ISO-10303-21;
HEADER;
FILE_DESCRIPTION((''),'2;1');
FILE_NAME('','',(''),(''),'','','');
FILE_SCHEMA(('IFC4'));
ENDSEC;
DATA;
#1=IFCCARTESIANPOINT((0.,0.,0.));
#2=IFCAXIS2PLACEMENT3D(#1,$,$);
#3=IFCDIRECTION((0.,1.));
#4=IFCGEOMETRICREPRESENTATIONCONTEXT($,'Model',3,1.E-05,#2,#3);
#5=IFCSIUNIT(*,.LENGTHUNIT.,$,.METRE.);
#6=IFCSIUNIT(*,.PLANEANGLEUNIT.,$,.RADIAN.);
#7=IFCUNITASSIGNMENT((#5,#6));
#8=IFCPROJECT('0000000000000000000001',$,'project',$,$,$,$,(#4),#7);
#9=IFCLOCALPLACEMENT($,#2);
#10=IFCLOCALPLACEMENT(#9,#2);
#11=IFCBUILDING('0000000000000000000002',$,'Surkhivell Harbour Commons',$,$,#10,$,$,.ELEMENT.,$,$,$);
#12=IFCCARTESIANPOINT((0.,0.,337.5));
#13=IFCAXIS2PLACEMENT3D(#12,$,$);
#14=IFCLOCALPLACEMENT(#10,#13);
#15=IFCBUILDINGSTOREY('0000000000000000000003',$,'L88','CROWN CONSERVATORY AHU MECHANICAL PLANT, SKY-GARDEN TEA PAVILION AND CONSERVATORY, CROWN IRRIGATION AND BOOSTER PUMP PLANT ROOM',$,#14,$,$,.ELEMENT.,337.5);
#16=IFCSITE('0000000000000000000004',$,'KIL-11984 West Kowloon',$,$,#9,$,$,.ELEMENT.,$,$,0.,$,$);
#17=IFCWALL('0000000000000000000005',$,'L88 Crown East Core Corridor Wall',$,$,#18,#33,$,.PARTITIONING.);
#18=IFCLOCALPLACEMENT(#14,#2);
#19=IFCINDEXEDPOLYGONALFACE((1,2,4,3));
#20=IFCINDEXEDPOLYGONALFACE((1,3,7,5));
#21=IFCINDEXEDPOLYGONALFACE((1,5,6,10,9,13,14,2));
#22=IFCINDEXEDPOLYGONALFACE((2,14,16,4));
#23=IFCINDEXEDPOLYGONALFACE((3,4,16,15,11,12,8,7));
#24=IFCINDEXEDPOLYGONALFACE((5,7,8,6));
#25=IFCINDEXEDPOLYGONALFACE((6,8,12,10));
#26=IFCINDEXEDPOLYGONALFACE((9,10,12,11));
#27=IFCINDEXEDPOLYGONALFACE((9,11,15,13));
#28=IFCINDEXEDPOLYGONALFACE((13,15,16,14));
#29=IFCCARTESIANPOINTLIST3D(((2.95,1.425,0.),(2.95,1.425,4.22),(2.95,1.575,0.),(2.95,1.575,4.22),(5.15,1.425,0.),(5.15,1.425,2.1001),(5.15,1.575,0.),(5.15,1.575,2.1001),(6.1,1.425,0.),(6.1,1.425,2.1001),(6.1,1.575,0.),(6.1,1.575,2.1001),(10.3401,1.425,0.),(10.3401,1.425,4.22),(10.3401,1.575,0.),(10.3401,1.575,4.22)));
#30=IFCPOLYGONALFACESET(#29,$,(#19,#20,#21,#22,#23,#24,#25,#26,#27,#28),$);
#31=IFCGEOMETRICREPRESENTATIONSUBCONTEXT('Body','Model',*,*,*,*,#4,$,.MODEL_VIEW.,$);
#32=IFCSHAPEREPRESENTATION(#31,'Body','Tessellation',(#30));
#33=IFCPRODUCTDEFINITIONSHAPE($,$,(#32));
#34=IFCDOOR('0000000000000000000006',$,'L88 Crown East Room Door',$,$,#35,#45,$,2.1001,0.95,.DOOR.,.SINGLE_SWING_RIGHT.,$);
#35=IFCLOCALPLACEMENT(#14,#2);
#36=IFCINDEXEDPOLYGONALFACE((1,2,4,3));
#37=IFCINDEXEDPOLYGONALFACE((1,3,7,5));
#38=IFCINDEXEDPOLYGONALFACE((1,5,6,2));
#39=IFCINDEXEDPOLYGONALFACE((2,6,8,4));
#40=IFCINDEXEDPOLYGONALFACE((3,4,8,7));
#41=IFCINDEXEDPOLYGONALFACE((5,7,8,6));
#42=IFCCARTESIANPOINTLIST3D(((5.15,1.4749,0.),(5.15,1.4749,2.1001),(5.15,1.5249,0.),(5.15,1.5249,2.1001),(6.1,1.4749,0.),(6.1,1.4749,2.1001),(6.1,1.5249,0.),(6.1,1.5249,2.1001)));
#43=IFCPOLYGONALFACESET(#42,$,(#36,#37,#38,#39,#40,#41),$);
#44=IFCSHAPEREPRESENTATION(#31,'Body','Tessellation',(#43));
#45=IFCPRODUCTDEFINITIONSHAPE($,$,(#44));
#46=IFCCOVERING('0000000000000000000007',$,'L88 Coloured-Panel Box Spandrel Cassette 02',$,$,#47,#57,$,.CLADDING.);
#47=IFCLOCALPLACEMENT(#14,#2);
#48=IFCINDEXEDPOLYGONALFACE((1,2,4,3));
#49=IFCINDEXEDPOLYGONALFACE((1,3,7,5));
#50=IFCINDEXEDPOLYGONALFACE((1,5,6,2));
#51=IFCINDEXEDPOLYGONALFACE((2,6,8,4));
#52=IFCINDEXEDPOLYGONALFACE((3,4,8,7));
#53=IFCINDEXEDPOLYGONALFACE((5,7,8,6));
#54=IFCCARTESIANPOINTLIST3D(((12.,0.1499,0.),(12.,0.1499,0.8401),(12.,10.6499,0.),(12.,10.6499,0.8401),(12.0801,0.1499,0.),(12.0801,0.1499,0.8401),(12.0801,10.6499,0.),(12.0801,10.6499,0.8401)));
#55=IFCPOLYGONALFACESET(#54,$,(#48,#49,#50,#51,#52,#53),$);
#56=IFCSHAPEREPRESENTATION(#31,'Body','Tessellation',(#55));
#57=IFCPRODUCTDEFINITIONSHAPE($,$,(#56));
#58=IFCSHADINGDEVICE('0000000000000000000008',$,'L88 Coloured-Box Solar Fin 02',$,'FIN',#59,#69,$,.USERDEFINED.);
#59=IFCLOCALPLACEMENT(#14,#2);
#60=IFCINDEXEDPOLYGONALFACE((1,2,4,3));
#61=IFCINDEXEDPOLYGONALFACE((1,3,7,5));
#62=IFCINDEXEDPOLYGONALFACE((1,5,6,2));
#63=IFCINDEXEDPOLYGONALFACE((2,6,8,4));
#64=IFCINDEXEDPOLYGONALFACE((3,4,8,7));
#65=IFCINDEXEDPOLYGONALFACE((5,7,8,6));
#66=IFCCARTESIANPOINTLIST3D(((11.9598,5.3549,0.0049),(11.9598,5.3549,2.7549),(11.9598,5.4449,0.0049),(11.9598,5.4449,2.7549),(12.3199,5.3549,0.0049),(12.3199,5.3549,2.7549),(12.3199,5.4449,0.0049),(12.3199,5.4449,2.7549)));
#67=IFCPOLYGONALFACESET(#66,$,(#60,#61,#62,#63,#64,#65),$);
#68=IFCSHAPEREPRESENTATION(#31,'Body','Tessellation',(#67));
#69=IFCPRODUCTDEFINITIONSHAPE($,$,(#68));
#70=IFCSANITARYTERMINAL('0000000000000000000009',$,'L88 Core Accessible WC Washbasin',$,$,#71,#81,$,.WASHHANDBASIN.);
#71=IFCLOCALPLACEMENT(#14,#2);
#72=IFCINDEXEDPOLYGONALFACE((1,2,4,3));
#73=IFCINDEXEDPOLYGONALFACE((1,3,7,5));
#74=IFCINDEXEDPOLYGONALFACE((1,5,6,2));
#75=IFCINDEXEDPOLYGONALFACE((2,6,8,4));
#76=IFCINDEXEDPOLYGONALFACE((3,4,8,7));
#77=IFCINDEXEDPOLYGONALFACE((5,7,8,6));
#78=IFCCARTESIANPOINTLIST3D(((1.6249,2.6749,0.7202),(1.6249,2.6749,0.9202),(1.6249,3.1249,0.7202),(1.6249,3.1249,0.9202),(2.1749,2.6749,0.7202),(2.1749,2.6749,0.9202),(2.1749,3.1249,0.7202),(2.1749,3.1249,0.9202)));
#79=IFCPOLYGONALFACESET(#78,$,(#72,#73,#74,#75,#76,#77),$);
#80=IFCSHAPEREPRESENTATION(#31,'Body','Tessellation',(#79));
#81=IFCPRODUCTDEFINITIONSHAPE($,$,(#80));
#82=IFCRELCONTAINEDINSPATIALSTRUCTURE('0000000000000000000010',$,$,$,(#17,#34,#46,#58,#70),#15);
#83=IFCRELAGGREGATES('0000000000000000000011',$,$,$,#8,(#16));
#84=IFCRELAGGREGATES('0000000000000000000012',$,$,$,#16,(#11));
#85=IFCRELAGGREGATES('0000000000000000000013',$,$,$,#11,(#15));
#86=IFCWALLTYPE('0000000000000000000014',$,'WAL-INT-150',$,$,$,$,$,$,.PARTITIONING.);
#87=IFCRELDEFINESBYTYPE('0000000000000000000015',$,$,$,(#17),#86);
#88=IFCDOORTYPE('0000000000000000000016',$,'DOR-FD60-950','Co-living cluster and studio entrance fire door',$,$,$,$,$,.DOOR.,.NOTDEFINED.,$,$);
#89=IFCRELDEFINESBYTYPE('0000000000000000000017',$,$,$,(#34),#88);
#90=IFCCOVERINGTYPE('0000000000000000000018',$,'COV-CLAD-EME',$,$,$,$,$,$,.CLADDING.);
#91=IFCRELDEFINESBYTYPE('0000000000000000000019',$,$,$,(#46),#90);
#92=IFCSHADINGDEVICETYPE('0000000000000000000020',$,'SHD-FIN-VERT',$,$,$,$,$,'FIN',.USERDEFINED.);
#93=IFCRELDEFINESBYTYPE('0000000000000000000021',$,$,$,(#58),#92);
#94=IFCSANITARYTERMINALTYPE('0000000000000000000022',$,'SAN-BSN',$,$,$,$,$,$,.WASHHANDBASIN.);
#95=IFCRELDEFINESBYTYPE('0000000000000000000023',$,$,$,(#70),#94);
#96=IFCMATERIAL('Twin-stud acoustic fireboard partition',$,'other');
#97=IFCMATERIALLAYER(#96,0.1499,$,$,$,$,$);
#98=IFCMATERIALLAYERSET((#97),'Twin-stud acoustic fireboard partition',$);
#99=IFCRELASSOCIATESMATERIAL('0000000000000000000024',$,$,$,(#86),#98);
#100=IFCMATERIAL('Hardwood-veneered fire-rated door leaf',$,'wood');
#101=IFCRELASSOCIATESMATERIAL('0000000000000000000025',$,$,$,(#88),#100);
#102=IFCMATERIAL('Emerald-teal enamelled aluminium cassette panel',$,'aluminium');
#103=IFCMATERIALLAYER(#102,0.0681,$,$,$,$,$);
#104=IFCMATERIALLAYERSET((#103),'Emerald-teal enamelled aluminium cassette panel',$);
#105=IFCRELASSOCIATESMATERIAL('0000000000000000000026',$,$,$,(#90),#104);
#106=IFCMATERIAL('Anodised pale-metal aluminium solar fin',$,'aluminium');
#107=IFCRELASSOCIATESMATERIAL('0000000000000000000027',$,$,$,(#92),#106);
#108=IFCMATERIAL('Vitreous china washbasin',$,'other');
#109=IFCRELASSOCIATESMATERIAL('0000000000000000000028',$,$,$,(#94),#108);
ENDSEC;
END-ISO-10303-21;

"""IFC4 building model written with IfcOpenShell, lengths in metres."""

from ifc_helpers import new_model, si_unit, direction, frame, frame_2d, origin, origin_2d, place, context, subcontext, project, spatial, rectangle, extrude, material, layer, layer_set, type_object, element, fill, save


model = new_model("IFC4")

# Units and contexts
model_context = context("Model", 3, precision=1e-05, world=origin(), true_north=direction((0.0, 1.0)))
body_context = subcontext(model_context, "Body", "Model", "MODEL_VIEW")
ifc_project = project(units=[si_unit("LENGTHUNIT", "METRE"), si_unit("PLANEANGLEUNIT", "RADIAN")], contexts=[model_context])

# Site, building, storey
site_placement = place(None, origin())
site = spatial("IfcSite", under=ifc_project, at=site_placement, Name="KIL-11984 West Kowloon", CompositionType="ELEMENT", RefElevation=0.0)
building_placement = place(site_placement, origin())
building = spatial("IfcBuilding", under=site, at=building_placement, Name="Surkhivell Harbour Commons", CompositionType="ELEMENT")
storey_placement = place(building_placement, frame((0.0, 0.0, 337.5)))
storey = spatial("IfcBuildingStorey", under=building, at=storey_placement, Name="L88", Description="CROWN CONSERVATORY AHU MECHANICAL PLANT, SKY-GARDEN TEA PAVILION AND CONSERVATORY, CROWN IRRIGATION AND BOOSTER PUMP PLANT ROOM", CompositionType="ELEMENT", Elevation=337.5)

# Shared definitions
ifc_material_1 = material(Name="Twin-stud acoustic fireboard partition", Category="other")
ifc_layer_1 = layer(ifc_material_1, 0.1499)
ifc_layer_set_1 = layer_set([ifc_layer_1], Name="Twin-stud acoustic fireboard partition")
wall_type_1 = type_object("IfcWallType", Name="WAL-INT-150", PredefinedType="PARTITIONING", material=ifc_layer_set_1)

# Wall, opening, door
wall_1_placement = place(storey_placement, frame((2.95, 1.5, 0.0), z_axis=(0.0, 0.0, 1.0), x_axis=(1.0, 0.0, 0.0)))
wall_1 = element("IfcWall", 1, at=wall_1_placement, inside=storey, type_object=wall_type_1, Name="L88 Crown East Core Corridor Wall", PredefinedType="PARTITIONING", context=body_context, shape_type="SweptSolid", body=[
    extrude(rectangle(XDim=7.3901, YDim=0.1499, at=frame_2d((3.6951, 0.0))), origin(), (0.0, 0.0, 1.0), 4.22),
])
opening_1_placement = place(wall_1_placement, frame((2.2, 0.0, 0.0)))
opening_1 = element("IfcOpeningElement", 2, at=opening_1_placement, cuts=wall_1, PredefinedType="OPENING", context=body_context, shape_type="SweptSolid", body=[
    extrude(rectangle(XDim=0.95, YDim=2.1001, at=frame_2d((0.4751, 1.05))), frame((0.0, 0.085, 0.0), z_axis=(0.0, -1.0, 0.0), x_axis=(1.0, 0.0, 0.0)), (0.0, 0.0, 1.0), 0.1699),
])
ifc_material_2 = material(Name="Hardwood-veneered fire-rated door leaf", Category="wood")
door_type = type_object("IfcDoorType", Name="DOR-FD60-950", Description="Co-living cluster and studio entrance fire door", OperationType="NOTDEFINED", PredefinedType="DOOR", material=ifc_material_2)
door_placement = place(opening_1_placement, origin())
door = element("IfcDoor", 3, at=door_placement, inside=storey, type_object=door_type, Name="L88 Crown East Room Door", OperationType="SINGLE_SWING_RIGHT", OverallHeight=2.1001, OverallWidth=0.95, PredefinedType="DOOR", context=body_context, shape_type="SweptSolid", body=[
    extrude(rectangle(XDim=0.95, YDim=2.1001, at=frame_2d((0.4751, 1.05))), frame((0.0, 0.0249, 0.0), z_axis=(0.0, -1.0, 0.0), x_axis=(1.0, 0.0, 0.0)), (0.0, 0.0, 1.0), 0.05),
])
fill(opening_1, door)

# Covering
ifc_material_3 = material(Name="Emerald-teal enamelled aluminium cassette panel", Category="aluminium")
ifc_layer_2 = layer(ifc_material_3, 0.0681)
ifc_layer_set_2 = layer_set([ifc_layer_2], Name="Emerald-teal enamelled aluminium cassette panel")
covering_type = type_object("IfcCoveringType", Name="COV-CLAD-EME", PredefinedType="CLADDING", material=ifc_layer_set_2)
covering_placement = place(storey_placement, frame((12.04, 5.3999, 0.0), z_axis=(0.0, 0.0, 1.0), x_axis=(1.0, 0.0, 0.0)))
element("IfcCovering", 4, at=covering_placement, inside=storey, type_object=covering_type, Name="L88 Coloured-Panel Box Spandrel Cassette 02", PredefinedType="CLADDING", context=body_context, shape_type="SweptSolid", body=[
    extrude(rectangle(XDim=0.0801, YDim=10.5, at=origin_2d()), origin(), (0.0, 0.0, 1.0), 0.8401),
])

# Shading device
ifc_material_4 = material(Name="Anodised pale-metal aluminium solar fin", Category="aluminium")
shading_device_type = type_object("IfcShadingDeviceType", Name="SHD-FIN-VERT", ElementType="FIN", PredefinedType="USERDEFINED", material=ifc_material_4)
shading_device_placement = place(storey_placement, frame((12.1399, 5.3999, 0.0049), z_axis=(0.0, 0.0, 1.0), x_axis=(1.0, 0.0, 0.0)))
element("IfcShadingDevice", 5, at=shading_device_placement, inside=storey, type_object=shading_device_type, Name="L88 Coloured-Box Solar Fin 02", ObjectType="FIN", PredefinedType="USERDEFINED", context=body_context, shape_type="SweptSolid", body=[
    extrude(rectangle(XDim=0.3601, YDim=0.0901, at=origin_2d()), origin(), (0.0, 0.0, 1.0), 2.75),
])

# Sanitary terminal
ifc_material_5 = material(Name="Vitreous china washbasin", Category="other")
sanitary_terminal_type = type_object("IfcSanitaryTerminalType", Name="SAN-BSN", PredefinedType="WASHHANDBASIN", material=ifc_material_5)
sanitary_terminal_placement = place(storey_placement, frame((1.8999, 2.8999, 0.7202), z_axis=(0.0, 0.0, 1.0), x_axis=(1.0, 0.0, 0.0)))
element("IfcSanitaryTerminal", 6, at=sanitary_terminal_placement, inside=storey, type_object=sanitary_terminal_type, Name="L88 Core Accessible WC Washbasin", PredefinedType="WASHHANDBASIN", context=body_context, shape_type="SweptSolid", body=[
    extrude(rectangle(XDim=0.55, YDim=0.45, at=origin_2d()), origin(), (0.0, 0.0, 1.0), 0.2),
])

save(model, "model.ifc")
